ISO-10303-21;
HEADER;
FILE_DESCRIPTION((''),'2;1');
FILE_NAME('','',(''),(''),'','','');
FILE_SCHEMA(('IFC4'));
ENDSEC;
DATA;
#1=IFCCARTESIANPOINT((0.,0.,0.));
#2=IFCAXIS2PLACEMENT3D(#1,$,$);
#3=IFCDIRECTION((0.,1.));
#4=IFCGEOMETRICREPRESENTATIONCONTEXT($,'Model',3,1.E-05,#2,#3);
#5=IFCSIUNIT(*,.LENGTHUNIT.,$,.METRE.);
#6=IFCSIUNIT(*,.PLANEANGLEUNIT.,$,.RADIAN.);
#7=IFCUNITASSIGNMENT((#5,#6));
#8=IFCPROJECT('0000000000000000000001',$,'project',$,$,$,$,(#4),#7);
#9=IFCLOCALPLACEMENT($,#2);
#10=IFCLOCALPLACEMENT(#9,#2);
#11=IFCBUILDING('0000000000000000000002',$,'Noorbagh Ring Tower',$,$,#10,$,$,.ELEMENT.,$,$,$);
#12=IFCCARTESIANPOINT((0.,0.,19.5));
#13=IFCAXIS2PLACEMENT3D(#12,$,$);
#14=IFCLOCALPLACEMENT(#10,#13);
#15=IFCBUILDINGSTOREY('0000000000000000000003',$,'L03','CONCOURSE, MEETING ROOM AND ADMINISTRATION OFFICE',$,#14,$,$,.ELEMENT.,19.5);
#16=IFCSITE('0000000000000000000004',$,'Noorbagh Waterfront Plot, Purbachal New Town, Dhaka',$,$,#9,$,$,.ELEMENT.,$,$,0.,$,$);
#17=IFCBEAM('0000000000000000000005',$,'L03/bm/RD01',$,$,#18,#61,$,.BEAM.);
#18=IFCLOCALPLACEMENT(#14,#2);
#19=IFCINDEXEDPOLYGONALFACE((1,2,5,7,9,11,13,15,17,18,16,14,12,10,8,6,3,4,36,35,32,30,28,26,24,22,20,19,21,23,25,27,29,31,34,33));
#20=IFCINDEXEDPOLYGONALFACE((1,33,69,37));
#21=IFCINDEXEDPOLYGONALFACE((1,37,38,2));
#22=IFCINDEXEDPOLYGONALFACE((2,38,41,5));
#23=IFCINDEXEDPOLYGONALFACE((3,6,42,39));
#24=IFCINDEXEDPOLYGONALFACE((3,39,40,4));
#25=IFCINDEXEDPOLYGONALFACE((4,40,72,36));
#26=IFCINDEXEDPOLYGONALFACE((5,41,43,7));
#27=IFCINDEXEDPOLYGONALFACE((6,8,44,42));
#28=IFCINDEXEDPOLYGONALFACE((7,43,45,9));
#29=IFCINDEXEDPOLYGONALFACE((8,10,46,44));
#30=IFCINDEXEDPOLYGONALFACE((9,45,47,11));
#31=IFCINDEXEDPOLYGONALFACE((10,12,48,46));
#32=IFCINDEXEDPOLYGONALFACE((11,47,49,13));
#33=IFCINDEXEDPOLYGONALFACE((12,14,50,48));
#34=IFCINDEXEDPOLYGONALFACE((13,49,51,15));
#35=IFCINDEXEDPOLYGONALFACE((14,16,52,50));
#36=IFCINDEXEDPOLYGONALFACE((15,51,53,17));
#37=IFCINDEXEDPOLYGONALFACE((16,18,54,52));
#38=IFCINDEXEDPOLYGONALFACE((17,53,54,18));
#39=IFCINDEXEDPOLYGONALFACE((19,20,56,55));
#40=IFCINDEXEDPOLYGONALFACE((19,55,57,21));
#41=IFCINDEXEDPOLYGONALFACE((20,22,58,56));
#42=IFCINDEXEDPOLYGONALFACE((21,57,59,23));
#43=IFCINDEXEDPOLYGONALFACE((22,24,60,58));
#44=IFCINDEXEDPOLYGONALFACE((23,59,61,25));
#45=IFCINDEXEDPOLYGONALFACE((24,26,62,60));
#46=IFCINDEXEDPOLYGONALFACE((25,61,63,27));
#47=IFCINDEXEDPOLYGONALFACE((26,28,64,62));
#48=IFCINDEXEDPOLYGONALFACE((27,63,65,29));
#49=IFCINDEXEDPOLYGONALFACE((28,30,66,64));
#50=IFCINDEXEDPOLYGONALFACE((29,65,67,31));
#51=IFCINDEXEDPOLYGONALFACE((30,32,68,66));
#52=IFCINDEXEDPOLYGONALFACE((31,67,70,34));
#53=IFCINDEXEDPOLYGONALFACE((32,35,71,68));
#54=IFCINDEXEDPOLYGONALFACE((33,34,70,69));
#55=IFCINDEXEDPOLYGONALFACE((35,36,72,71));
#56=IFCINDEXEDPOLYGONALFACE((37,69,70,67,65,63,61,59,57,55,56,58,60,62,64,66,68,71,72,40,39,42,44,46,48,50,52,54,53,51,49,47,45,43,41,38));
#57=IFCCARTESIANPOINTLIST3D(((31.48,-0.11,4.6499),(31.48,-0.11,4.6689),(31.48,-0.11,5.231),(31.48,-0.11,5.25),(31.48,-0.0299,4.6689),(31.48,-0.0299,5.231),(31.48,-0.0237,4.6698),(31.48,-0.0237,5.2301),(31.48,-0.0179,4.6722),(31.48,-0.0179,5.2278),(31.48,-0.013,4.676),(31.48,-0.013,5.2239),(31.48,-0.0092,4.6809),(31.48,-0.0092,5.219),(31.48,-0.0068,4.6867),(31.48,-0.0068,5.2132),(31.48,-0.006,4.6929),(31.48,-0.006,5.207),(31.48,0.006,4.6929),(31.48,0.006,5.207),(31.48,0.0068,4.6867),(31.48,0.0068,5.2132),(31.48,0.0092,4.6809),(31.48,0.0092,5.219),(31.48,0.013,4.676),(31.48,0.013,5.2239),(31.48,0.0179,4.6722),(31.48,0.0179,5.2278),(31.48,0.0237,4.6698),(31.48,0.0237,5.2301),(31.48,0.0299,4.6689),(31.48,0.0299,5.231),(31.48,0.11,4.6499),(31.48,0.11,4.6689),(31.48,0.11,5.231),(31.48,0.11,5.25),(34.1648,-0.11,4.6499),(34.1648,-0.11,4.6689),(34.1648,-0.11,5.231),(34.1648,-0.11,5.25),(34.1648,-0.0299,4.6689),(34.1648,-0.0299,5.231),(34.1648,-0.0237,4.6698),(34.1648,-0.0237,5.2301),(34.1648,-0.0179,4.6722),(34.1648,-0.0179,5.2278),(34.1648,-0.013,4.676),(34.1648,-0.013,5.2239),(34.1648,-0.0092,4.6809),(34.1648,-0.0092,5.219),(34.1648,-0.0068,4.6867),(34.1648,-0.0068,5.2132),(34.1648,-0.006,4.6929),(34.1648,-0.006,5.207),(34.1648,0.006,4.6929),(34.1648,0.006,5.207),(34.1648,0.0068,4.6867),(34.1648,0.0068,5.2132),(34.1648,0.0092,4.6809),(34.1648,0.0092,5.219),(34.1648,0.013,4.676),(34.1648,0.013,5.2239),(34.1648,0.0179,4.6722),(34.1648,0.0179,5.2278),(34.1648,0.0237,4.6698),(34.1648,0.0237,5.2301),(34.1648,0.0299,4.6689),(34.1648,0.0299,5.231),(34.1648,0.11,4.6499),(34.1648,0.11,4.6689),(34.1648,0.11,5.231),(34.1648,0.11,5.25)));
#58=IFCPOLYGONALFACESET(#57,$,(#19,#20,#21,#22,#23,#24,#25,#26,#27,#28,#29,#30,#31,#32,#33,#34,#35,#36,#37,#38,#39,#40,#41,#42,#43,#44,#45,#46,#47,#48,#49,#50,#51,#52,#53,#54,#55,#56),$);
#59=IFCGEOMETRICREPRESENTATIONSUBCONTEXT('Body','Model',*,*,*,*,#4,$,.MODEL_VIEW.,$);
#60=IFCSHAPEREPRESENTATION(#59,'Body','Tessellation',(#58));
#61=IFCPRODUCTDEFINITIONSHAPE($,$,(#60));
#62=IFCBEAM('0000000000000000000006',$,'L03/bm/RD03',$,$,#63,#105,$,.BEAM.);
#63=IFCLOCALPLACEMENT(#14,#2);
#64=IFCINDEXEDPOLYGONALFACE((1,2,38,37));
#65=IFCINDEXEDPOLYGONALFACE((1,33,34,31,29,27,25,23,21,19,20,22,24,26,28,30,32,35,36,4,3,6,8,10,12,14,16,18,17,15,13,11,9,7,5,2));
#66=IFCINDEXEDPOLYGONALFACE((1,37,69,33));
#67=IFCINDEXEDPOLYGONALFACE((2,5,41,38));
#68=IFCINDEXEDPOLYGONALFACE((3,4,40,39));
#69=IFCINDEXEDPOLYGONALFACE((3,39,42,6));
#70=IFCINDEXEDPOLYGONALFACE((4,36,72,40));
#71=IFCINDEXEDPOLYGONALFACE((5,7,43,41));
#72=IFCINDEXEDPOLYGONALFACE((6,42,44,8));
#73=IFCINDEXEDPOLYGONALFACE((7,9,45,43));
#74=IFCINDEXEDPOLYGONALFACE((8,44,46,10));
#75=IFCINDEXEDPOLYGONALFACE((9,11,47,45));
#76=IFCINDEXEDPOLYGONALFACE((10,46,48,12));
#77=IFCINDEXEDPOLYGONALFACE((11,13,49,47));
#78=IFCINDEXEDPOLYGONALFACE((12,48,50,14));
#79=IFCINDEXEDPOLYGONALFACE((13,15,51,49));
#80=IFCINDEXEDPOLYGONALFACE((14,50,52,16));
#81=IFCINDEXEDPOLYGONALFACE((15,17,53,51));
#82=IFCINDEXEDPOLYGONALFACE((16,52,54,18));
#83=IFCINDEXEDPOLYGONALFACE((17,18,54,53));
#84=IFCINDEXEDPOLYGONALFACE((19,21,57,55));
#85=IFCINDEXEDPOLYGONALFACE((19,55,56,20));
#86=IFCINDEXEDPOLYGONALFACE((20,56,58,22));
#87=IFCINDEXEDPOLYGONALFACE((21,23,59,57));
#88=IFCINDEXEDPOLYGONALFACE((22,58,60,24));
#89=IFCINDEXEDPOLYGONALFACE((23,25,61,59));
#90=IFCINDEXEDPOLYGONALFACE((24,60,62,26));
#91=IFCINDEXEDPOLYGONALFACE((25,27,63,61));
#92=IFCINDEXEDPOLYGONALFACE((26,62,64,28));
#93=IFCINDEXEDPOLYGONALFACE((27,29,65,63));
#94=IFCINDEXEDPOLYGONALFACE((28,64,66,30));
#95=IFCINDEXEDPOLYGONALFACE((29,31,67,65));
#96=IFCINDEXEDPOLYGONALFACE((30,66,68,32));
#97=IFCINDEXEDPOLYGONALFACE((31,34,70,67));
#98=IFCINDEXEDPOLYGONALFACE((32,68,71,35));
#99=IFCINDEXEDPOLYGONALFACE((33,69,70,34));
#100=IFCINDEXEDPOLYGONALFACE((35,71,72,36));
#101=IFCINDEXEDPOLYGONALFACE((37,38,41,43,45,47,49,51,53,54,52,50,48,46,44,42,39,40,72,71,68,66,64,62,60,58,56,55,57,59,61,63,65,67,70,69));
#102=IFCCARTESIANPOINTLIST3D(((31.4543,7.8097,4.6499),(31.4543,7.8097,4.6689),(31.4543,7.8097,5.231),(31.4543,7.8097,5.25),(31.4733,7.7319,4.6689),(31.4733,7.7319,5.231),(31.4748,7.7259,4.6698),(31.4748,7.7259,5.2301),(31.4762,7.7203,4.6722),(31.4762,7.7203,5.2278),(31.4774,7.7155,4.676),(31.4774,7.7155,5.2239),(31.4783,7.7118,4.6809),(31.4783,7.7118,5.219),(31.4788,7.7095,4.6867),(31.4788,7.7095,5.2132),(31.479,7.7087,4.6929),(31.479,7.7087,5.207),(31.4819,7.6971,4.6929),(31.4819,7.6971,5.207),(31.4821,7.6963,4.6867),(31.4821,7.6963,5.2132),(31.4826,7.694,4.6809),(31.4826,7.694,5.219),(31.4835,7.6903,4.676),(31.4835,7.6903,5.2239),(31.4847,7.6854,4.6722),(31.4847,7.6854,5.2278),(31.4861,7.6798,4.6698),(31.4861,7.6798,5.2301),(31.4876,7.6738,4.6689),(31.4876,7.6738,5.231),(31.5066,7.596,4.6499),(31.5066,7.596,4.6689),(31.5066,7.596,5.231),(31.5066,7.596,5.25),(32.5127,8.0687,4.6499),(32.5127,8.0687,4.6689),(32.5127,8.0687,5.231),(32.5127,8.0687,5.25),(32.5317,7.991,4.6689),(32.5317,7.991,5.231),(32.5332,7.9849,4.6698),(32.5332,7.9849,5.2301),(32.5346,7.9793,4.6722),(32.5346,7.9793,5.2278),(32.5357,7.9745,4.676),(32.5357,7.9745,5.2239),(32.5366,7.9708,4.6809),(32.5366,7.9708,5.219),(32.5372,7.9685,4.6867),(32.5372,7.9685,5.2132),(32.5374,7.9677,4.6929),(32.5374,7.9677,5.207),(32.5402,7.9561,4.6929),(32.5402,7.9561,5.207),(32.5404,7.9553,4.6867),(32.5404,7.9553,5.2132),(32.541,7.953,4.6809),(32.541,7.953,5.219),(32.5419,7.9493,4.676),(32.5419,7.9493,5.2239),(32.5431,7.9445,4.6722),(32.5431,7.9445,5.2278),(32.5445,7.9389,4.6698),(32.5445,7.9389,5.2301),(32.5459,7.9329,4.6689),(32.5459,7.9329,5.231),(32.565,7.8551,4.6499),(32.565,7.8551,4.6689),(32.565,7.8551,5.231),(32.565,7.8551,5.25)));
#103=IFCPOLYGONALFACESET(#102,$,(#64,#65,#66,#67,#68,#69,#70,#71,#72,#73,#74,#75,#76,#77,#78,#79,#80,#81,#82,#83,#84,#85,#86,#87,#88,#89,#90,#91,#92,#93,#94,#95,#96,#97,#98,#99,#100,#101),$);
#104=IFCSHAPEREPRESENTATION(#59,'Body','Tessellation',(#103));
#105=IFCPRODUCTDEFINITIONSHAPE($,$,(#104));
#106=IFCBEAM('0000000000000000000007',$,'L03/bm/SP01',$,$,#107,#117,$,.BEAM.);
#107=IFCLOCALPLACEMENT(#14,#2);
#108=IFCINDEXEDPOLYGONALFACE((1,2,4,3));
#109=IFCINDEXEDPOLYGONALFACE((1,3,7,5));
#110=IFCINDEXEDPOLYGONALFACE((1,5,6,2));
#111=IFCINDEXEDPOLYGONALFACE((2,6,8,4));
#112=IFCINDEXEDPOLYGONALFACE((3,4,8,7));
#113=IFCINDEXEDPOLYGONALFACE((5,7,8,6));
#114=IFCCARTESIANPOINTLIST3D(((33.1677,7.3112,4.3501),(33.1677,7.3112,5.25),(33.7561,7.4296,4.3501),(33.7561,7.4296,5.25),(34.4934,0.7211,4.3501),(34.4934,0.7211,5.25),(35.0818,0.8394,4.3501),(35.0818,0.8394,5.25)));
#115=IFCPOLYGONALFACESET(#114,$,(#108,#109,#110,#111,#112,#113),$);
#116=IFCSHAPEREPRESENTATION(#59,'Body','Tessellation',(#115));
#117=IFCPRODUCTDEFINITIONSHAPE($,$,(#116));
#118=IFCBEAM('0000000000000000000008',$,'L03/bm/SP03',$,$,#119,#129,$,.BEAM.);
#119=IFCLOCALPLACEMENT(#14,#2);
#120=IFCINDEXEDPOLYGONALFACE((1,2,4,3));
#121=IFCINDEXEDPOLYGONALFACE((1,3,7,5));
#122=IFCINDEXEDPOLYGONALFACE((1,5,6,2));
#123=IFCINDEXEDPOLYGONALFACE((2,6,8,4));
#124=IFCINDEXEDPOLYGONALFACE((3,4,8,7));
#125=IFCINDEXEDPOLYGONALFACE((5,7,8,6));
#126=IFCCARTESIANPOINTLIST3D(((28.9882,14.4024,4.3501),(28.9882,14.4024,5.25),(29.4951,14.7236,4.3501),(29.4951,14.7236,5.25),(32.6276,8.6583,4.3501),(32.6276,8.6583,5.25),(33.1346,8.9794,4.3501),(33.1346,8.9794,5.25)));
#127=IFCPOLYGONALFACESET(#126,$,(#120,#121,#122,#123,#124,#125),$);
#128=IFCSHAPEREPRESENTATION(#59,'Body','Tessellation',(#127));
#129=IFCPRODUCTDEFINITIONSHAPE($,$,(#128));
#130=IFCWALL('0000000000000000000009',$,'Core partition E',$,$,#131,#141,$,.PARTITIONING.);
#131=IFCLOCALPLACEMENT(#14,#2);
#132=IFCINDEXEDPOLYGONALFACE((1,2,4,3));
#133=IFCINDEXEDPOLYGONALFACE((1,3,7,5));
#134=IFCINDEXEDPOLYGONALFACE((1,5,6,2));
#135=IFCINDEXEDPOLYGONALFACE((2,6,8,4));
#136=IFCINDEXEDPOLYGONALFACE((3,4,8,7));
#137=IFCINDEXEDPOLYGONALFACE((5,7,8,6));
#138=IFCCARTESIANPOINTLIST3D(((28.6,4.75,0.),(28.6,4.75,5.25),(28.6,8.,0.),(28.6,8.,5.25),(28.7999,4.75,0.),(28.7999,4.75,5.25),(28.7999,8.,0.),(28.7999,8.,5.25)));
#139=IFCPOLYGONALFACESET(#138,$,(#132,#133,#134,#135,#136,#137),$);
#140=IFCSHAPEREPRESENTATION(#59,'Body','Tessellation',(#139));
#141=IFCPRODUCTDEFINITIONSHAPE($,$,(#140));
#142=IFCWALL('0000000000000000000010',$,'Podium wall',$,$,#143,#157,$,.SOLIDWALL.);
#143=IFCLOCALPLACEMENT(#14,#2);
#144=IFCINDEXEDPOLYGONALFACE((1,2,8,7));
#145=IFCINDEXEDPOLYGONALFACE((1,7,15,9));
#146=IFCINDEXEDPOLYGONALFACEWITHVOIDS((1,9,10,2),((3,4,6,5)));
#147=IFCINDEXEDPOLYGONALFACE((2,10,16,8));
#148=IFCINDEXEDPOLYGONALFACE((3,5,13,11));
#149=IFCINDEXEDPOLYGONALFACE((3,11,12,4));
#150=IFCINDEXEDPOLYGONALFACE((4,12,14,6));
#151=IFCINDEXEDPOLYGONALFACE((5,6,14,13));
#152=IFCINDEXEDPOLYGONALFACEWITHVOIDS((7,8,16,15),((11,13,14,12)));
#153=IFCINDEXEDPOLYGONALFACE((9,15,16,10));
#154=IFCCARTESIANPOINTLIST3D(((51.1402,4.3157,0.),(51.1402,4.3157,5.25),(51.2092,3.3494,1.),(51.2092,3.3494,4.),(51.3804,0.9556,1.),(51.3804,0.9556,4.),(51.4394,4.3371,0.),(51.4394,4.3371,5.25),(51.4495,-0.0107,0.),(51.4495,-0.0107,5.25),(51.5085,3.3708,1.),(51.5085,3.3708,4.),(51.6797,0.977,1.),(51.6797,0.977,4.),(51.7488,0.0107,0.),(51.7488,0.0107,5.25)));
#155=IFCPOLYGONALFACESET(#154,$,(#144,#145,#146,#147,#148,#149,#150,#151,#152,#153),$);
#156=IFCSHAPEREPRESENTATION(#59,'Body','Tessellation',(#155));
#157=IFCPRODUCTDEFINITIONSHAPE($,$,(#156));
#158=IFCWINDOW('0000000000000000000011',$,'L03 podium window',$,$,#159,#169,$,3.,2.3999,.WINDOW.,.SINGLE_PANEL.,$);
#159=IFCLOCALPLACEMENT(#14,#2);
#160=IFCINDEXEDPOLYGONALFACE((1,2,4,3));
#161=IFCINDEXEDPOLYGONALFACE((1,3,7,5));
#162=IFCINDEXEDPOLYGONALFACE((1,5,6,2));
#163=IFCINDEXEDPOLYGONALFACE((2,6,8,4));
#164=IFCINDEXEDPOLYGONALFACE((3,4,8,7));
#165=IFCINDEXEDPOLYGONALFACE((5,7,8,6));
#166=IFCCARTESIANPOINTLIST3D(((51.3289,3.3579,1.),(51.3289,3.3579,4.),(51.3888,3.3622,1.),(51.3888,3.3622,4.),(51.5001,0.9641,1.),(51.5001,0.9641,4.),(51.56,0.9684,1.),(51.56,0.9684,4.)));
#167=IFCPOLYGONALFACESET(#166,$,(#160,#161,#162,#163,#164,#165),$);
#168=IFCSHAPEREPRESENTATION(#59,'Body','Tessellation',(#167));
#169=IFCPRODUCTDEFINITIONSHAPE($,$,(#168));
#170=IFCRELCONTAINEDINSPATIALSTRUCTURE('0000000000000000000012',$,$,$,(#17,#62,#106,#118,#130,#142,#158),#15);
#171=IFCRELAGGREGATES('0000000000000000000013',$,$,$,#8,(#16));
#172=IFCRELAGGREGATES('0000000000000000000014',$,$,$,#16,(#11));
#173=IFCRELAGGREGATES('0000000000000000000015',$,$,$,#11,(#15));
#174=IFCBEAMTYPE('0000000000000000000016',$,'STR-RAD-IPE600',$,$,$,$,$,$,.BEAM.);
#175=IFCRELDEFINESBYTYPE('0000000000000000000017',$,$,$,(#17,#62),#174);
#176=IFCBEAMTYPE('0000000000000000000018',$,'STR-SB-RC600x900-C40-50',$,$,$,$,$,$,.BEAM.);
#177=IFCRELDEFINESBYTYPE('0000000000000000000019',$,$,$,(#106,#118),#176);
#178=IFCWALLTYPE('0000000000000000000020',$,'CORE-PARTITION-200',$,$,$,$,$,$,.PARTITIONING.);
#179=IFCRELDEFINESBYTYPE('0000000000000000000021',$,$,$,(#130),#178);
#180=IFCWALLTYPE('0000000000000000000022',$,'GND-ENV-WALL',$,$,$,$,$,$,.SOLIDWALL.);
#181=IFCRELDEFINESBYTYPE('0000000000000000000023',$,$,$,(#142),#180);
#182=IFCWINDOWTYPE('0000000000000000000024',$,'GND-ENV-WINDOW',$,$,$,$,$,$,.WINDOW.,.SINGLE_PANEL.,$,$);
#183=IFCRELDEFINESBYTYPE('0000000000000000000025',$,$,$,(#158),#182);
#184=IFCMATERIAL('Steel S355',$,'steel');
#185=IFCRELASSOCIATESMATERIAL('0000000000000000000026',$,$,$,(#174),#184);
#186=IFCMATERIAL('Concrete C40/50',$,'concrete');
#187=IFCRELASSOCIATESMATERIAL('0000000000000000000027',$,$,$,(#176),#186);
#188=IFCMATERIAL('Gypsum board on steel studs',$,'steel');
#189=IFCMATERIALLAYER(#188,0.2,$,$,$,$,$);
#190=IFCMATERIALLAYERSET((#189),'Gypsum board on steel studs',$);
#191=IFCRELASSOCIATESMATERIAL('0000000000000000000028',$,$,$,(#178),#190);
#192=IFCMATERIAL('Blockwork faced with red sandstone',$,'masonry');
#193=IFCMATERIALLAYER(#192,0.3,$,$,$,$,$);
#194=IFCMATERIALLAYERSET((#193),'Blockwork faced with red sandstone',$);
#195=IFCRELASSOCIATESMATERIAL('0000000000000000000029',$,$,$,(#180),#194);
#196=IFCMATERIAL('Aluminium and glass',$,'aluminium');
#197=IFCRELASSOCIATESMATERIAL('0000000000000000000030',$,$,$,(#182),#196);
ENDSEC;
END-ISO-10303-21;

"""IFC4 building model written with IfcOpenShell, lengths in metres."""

from ifc_helpers import new_model, si_unit, direction, frame, frame_2d, origin, origin_2d, place, context, subcontext, project, spatial, rectangle, i_section, extrude, material, layer, layer_set, material_profile, profile_set, type_object, element, fill, save


model = new_model("IFC4")

# Units and contexts
model_context = context("Model", 3, precision=1e-05, world=origin(), true_north=direction((0.0, 1.0)))
body_context = subcontext(model_context, "Body", "Model", "MODEL_VIEW")
ifc_project = project(units=[si_unit("LENGTHUNIT", "METRE"), si_unit("PLANEANGLEUNIT", "RADIAN")], contexts=[model_context])

# Site, building, storey
site_placement = place(None, origin())
site = spatial("IfcSite", under=ifc_project, at=site_placement, Name="Noorbagh Waterfront Plot, Purbachal New Town, Dhaka", CompositionType="ELEMENT", RefElevation=0.0)
building_placement = place(site_placement, origin())
building = spatial("IfcBuilding", under=site, at=building_placement, Name="Noorbagh Ring Tower", CompositionType="ELEMENT")
storey_placement = place(building_placement, frame((0.0, 0.0, 19.5)))
storey = spatial("IfcBuildingStorey", under=building, at=storey_placement, Name="L03", Description="CONCOURSE, MEETING ROOM AND ADMINISTRATION OFFICE", CompositionType="ELEMENT", Elevation=19.5)

# Beams
ifc_material_1 = material(Name="Steel S355", Category="steel")
ifc_material_profile_1 = material_profile(ifc_material_1, i_section(OverallWidth=0.22, OverallDepth=0.6001, WebThickness=0.012, FlangeThickness=0.019, FilletRadius=0.0239, at=origin_2d()), Name="IPE600")
ifc_profile_set_1 = profile_set([ifc_material_profile_1], Name="Steel S355")
beam_type_1 = type_object("IfcBeamType", Name="STR-RAD-IPE600", PredefinedType="BEAM", material=ifc_profile_set_1)
beam_1_placement = place(storey_placement, frame((34.1648, 0.0, 4.95), z_axis=(-1.0, 0.0, 0.0), x_axis=(0.0, -1.0, 0.0)))
element("IfcBeam", 1, at=beam_1_placement, inside=storey, type_object=beam_type_1, Name="L03/bm/RD01", PredefinedType="BEAM", context=body_context, shape_type="SweptSolid", body=[
    extrude(i_section(OverallWidth=0.22, OverallDepth=0.6001, WebThickness=0.012, FlangeThickness=0.019, FilletRadius=0.0239, at=origin_2d()), origin(), (0.0, 0.0, 1.0), 2.6848),
])
beam_2_placement = place(storey_placement, frame((32.5388, 7.9619, 4.95), z_axis=(-0.97133, -0.237735, 0.0), x_axis=(0.237735, -0.97133, 0.0)))
element("IfcBeam", 2, at=beam_2_placement, inside=storey, type_object=beam_type_1, Name="L03/bm/RD03", PredefinedType="BEAM", context=body_context, shape_type="SweptSolid", body=[
    extrude(i_section(OverallWidth=0.22, OverallDepth=0.6001, WebThickness=0.012, FlangeThickness=0.019, FilletRadius=0.0239, at=origin_2d()), origin(), (0.0, 0.0, 1.0), 1.0896),
])
ifc_material_2 = material(Name="Concrete C40/50", Category="concrete")
ifc_material_profile_2 = material_profile(ifc_material_2, rectangle(XDim=0.6001, YDim=0.8999, at=origin_2d()), Name="RC600x900")
ifc_profile_set_2 = profile_set([ifc_material_profile_2], Name="Concrete C40/50")
beam_type_2 = type_object("IfcBeamType", Name="STR-SB-RC600x900-C40-50", PredefinedType="BEAM", material=ifc_profile_set_2)
beam_3_placement = place(storey_placement, frame((34.7876, 0.7803, 4.8), z_axis=(-0.197213, 0.980361, 0.0), x_axis=(-0.980361, -0.197213, 0.0)))
element("IfcBeam", 3, at=beam_3_placement, inside=storey, type_object=beam_type_2, Name="L03/bm/SP01", PredefinedType="BEAM", context=body_context, shape_type="SweptSolid", body=[
    extrude(rectangle(XDim=0.6001, YDim=0.8999, at=origin_2d()), origin(), (0.0, 0.0, 1.0), 6.7222),
])
beam_4_placement = place(storey_placement, frame((32.8811, 8.8188, 4.8), z_axis=(-0.535204, 0.844723, 0.0), x_axis=(-0.844723, -0.535204, 0.0)))
element("IfcBeam", 4, at=beam_4_placement, inside=storey, type_object=beam_type_2, Name="L03/bm/SP03", PredefinedType="BEAM", context=body_context, shape_type="SweptSolid", body=[
    extrude(rectangle(XDim=0.6001, YDim=0.8999, at=origin_2d()), origin(), (0.0, 0.0, 1.0), 6.8),
])

# Wall
ifc_material_3 = material(Name="Gypsum board on steel studs", Category="steel")
ifc_layer_1 = layer(ifc_material_3, 0.2)
ifc_layer_set_1 = layer_set([ifc_layer_1], Name="Gypsum board on steel studs")
wall_type_1 = type_object("IfcWallType", Name="CORE-PARTITION-200", PredefinedType="PARTITIONING", material=ifc_layer_set_1)
wall_1_placement = place(storey_placement, frame((28.7, 4.75, 0.0), z_axis=(0.0, 0.0, 1.0), x_axis=(0.0, 1.0, 0.0)))
element("IfcWall", 5, at=wall_1_placement, inside=storey, type_object=wall_type_1, Name="Core partition E", PredefinedType="PARTITIONING", context=body_context, shape_type="SweptSolid", body=[
    extrude(rectangle(XDim=3.25, YDim=0.2, at=frame_2d((1.625, 0.0))), origin(), (0.0, 0.0, 1.0), 5.25),
])

# Wall, opening, window
ifc_material_4 = material(Name="Blockwork faced with red sandstone", Category="masonry")
ifc_layer_2 = layer(ifc_material_4, 0.3)
ifc_layer_set_2 = layer_set([ifc_layer_2], Name="Blockwork faced with red sandstone")
wall_type_2 = type_object("IfcWallType", Name="GND-ENV-WALL", PredefinedType="SOLIDWALL", material=ifc_layer_set_2)
wall_2_placement = place(storey_placement, frame((51.5991, 0.0, 0.0), z_axis=(0.0, 0.0, 1.0), x_axis=(-0.071315, 0.997454, 0.0)))
wall_2 = element("IfcWall", 6, at=wall_2_placement, inside=storey, type_object=wall_type_2, Name="Podium wall", PredefinedType="SOLIDWALL", context=body_context, shape_type="SweptSolid", body=[
    extrude(rectangle(XDim=4.3374, YDim=0.3, at=frame_2d((2.1687, 0.0))), origin(), (0.0, 0.0, 1.0), 5.25),
])
opening_1_placement = place(wall_2_placement, frame((0.9688, 0.0, 1.0)))
opening_1 = element("IfcOpeningElement", 7, at=opening_1_placement, cuts=wall_2, PredefinedType="OPENING", context=body_context, shape_type="SweptSolid", body=[
    extrude(rectangle(XDim=2.3999, YDim=3.0, at=frame_2d((1.2, 1.5))), frame((0.0, 0.1602, 0.0), z_axis=(0.0, -1.0, 0.0), x_axis=(1.0, 0.0, 0.0)), (0.0, 0.0, 1.0), 0.3201),
])
ifc_material_5 = material(Name="Aluminium and glass", Category="aluminium")
window_type = type_object("IfcWindowType", Name="GND-ENV-WINDOW", PartitioningType="SINGLE_PANEL", PredefinedType="WINDOW", material=ifc_material_5)
window_1_placement = place(opening_1_placement, origin())
window_1 = element("IfcWindow", 8, at=window_1_placement, inside=storey, type_object=window_type, Name="L03 podium window", OverallHeight=3.0, OverallWidth=2.3999, PartitioningType="SINGLE_PANEL", PredefinedType="WINDOW", context=body_context, shape_type="SweptSolid", body=[
    extrude(rectangle(XDim=2.3999, YDim=3.0, at=frame_2d((1.2, 1.5))), frame((0.0, 0.03, 0.0), z_axis=(0.0, -1.0, 0.0), x_axis=(1.0, 0.0, 0.0)), (0.0, 0.0, 1.0), 0.0601),
])
fill(opening_1, window_1)

save(model, "model.ifc")
